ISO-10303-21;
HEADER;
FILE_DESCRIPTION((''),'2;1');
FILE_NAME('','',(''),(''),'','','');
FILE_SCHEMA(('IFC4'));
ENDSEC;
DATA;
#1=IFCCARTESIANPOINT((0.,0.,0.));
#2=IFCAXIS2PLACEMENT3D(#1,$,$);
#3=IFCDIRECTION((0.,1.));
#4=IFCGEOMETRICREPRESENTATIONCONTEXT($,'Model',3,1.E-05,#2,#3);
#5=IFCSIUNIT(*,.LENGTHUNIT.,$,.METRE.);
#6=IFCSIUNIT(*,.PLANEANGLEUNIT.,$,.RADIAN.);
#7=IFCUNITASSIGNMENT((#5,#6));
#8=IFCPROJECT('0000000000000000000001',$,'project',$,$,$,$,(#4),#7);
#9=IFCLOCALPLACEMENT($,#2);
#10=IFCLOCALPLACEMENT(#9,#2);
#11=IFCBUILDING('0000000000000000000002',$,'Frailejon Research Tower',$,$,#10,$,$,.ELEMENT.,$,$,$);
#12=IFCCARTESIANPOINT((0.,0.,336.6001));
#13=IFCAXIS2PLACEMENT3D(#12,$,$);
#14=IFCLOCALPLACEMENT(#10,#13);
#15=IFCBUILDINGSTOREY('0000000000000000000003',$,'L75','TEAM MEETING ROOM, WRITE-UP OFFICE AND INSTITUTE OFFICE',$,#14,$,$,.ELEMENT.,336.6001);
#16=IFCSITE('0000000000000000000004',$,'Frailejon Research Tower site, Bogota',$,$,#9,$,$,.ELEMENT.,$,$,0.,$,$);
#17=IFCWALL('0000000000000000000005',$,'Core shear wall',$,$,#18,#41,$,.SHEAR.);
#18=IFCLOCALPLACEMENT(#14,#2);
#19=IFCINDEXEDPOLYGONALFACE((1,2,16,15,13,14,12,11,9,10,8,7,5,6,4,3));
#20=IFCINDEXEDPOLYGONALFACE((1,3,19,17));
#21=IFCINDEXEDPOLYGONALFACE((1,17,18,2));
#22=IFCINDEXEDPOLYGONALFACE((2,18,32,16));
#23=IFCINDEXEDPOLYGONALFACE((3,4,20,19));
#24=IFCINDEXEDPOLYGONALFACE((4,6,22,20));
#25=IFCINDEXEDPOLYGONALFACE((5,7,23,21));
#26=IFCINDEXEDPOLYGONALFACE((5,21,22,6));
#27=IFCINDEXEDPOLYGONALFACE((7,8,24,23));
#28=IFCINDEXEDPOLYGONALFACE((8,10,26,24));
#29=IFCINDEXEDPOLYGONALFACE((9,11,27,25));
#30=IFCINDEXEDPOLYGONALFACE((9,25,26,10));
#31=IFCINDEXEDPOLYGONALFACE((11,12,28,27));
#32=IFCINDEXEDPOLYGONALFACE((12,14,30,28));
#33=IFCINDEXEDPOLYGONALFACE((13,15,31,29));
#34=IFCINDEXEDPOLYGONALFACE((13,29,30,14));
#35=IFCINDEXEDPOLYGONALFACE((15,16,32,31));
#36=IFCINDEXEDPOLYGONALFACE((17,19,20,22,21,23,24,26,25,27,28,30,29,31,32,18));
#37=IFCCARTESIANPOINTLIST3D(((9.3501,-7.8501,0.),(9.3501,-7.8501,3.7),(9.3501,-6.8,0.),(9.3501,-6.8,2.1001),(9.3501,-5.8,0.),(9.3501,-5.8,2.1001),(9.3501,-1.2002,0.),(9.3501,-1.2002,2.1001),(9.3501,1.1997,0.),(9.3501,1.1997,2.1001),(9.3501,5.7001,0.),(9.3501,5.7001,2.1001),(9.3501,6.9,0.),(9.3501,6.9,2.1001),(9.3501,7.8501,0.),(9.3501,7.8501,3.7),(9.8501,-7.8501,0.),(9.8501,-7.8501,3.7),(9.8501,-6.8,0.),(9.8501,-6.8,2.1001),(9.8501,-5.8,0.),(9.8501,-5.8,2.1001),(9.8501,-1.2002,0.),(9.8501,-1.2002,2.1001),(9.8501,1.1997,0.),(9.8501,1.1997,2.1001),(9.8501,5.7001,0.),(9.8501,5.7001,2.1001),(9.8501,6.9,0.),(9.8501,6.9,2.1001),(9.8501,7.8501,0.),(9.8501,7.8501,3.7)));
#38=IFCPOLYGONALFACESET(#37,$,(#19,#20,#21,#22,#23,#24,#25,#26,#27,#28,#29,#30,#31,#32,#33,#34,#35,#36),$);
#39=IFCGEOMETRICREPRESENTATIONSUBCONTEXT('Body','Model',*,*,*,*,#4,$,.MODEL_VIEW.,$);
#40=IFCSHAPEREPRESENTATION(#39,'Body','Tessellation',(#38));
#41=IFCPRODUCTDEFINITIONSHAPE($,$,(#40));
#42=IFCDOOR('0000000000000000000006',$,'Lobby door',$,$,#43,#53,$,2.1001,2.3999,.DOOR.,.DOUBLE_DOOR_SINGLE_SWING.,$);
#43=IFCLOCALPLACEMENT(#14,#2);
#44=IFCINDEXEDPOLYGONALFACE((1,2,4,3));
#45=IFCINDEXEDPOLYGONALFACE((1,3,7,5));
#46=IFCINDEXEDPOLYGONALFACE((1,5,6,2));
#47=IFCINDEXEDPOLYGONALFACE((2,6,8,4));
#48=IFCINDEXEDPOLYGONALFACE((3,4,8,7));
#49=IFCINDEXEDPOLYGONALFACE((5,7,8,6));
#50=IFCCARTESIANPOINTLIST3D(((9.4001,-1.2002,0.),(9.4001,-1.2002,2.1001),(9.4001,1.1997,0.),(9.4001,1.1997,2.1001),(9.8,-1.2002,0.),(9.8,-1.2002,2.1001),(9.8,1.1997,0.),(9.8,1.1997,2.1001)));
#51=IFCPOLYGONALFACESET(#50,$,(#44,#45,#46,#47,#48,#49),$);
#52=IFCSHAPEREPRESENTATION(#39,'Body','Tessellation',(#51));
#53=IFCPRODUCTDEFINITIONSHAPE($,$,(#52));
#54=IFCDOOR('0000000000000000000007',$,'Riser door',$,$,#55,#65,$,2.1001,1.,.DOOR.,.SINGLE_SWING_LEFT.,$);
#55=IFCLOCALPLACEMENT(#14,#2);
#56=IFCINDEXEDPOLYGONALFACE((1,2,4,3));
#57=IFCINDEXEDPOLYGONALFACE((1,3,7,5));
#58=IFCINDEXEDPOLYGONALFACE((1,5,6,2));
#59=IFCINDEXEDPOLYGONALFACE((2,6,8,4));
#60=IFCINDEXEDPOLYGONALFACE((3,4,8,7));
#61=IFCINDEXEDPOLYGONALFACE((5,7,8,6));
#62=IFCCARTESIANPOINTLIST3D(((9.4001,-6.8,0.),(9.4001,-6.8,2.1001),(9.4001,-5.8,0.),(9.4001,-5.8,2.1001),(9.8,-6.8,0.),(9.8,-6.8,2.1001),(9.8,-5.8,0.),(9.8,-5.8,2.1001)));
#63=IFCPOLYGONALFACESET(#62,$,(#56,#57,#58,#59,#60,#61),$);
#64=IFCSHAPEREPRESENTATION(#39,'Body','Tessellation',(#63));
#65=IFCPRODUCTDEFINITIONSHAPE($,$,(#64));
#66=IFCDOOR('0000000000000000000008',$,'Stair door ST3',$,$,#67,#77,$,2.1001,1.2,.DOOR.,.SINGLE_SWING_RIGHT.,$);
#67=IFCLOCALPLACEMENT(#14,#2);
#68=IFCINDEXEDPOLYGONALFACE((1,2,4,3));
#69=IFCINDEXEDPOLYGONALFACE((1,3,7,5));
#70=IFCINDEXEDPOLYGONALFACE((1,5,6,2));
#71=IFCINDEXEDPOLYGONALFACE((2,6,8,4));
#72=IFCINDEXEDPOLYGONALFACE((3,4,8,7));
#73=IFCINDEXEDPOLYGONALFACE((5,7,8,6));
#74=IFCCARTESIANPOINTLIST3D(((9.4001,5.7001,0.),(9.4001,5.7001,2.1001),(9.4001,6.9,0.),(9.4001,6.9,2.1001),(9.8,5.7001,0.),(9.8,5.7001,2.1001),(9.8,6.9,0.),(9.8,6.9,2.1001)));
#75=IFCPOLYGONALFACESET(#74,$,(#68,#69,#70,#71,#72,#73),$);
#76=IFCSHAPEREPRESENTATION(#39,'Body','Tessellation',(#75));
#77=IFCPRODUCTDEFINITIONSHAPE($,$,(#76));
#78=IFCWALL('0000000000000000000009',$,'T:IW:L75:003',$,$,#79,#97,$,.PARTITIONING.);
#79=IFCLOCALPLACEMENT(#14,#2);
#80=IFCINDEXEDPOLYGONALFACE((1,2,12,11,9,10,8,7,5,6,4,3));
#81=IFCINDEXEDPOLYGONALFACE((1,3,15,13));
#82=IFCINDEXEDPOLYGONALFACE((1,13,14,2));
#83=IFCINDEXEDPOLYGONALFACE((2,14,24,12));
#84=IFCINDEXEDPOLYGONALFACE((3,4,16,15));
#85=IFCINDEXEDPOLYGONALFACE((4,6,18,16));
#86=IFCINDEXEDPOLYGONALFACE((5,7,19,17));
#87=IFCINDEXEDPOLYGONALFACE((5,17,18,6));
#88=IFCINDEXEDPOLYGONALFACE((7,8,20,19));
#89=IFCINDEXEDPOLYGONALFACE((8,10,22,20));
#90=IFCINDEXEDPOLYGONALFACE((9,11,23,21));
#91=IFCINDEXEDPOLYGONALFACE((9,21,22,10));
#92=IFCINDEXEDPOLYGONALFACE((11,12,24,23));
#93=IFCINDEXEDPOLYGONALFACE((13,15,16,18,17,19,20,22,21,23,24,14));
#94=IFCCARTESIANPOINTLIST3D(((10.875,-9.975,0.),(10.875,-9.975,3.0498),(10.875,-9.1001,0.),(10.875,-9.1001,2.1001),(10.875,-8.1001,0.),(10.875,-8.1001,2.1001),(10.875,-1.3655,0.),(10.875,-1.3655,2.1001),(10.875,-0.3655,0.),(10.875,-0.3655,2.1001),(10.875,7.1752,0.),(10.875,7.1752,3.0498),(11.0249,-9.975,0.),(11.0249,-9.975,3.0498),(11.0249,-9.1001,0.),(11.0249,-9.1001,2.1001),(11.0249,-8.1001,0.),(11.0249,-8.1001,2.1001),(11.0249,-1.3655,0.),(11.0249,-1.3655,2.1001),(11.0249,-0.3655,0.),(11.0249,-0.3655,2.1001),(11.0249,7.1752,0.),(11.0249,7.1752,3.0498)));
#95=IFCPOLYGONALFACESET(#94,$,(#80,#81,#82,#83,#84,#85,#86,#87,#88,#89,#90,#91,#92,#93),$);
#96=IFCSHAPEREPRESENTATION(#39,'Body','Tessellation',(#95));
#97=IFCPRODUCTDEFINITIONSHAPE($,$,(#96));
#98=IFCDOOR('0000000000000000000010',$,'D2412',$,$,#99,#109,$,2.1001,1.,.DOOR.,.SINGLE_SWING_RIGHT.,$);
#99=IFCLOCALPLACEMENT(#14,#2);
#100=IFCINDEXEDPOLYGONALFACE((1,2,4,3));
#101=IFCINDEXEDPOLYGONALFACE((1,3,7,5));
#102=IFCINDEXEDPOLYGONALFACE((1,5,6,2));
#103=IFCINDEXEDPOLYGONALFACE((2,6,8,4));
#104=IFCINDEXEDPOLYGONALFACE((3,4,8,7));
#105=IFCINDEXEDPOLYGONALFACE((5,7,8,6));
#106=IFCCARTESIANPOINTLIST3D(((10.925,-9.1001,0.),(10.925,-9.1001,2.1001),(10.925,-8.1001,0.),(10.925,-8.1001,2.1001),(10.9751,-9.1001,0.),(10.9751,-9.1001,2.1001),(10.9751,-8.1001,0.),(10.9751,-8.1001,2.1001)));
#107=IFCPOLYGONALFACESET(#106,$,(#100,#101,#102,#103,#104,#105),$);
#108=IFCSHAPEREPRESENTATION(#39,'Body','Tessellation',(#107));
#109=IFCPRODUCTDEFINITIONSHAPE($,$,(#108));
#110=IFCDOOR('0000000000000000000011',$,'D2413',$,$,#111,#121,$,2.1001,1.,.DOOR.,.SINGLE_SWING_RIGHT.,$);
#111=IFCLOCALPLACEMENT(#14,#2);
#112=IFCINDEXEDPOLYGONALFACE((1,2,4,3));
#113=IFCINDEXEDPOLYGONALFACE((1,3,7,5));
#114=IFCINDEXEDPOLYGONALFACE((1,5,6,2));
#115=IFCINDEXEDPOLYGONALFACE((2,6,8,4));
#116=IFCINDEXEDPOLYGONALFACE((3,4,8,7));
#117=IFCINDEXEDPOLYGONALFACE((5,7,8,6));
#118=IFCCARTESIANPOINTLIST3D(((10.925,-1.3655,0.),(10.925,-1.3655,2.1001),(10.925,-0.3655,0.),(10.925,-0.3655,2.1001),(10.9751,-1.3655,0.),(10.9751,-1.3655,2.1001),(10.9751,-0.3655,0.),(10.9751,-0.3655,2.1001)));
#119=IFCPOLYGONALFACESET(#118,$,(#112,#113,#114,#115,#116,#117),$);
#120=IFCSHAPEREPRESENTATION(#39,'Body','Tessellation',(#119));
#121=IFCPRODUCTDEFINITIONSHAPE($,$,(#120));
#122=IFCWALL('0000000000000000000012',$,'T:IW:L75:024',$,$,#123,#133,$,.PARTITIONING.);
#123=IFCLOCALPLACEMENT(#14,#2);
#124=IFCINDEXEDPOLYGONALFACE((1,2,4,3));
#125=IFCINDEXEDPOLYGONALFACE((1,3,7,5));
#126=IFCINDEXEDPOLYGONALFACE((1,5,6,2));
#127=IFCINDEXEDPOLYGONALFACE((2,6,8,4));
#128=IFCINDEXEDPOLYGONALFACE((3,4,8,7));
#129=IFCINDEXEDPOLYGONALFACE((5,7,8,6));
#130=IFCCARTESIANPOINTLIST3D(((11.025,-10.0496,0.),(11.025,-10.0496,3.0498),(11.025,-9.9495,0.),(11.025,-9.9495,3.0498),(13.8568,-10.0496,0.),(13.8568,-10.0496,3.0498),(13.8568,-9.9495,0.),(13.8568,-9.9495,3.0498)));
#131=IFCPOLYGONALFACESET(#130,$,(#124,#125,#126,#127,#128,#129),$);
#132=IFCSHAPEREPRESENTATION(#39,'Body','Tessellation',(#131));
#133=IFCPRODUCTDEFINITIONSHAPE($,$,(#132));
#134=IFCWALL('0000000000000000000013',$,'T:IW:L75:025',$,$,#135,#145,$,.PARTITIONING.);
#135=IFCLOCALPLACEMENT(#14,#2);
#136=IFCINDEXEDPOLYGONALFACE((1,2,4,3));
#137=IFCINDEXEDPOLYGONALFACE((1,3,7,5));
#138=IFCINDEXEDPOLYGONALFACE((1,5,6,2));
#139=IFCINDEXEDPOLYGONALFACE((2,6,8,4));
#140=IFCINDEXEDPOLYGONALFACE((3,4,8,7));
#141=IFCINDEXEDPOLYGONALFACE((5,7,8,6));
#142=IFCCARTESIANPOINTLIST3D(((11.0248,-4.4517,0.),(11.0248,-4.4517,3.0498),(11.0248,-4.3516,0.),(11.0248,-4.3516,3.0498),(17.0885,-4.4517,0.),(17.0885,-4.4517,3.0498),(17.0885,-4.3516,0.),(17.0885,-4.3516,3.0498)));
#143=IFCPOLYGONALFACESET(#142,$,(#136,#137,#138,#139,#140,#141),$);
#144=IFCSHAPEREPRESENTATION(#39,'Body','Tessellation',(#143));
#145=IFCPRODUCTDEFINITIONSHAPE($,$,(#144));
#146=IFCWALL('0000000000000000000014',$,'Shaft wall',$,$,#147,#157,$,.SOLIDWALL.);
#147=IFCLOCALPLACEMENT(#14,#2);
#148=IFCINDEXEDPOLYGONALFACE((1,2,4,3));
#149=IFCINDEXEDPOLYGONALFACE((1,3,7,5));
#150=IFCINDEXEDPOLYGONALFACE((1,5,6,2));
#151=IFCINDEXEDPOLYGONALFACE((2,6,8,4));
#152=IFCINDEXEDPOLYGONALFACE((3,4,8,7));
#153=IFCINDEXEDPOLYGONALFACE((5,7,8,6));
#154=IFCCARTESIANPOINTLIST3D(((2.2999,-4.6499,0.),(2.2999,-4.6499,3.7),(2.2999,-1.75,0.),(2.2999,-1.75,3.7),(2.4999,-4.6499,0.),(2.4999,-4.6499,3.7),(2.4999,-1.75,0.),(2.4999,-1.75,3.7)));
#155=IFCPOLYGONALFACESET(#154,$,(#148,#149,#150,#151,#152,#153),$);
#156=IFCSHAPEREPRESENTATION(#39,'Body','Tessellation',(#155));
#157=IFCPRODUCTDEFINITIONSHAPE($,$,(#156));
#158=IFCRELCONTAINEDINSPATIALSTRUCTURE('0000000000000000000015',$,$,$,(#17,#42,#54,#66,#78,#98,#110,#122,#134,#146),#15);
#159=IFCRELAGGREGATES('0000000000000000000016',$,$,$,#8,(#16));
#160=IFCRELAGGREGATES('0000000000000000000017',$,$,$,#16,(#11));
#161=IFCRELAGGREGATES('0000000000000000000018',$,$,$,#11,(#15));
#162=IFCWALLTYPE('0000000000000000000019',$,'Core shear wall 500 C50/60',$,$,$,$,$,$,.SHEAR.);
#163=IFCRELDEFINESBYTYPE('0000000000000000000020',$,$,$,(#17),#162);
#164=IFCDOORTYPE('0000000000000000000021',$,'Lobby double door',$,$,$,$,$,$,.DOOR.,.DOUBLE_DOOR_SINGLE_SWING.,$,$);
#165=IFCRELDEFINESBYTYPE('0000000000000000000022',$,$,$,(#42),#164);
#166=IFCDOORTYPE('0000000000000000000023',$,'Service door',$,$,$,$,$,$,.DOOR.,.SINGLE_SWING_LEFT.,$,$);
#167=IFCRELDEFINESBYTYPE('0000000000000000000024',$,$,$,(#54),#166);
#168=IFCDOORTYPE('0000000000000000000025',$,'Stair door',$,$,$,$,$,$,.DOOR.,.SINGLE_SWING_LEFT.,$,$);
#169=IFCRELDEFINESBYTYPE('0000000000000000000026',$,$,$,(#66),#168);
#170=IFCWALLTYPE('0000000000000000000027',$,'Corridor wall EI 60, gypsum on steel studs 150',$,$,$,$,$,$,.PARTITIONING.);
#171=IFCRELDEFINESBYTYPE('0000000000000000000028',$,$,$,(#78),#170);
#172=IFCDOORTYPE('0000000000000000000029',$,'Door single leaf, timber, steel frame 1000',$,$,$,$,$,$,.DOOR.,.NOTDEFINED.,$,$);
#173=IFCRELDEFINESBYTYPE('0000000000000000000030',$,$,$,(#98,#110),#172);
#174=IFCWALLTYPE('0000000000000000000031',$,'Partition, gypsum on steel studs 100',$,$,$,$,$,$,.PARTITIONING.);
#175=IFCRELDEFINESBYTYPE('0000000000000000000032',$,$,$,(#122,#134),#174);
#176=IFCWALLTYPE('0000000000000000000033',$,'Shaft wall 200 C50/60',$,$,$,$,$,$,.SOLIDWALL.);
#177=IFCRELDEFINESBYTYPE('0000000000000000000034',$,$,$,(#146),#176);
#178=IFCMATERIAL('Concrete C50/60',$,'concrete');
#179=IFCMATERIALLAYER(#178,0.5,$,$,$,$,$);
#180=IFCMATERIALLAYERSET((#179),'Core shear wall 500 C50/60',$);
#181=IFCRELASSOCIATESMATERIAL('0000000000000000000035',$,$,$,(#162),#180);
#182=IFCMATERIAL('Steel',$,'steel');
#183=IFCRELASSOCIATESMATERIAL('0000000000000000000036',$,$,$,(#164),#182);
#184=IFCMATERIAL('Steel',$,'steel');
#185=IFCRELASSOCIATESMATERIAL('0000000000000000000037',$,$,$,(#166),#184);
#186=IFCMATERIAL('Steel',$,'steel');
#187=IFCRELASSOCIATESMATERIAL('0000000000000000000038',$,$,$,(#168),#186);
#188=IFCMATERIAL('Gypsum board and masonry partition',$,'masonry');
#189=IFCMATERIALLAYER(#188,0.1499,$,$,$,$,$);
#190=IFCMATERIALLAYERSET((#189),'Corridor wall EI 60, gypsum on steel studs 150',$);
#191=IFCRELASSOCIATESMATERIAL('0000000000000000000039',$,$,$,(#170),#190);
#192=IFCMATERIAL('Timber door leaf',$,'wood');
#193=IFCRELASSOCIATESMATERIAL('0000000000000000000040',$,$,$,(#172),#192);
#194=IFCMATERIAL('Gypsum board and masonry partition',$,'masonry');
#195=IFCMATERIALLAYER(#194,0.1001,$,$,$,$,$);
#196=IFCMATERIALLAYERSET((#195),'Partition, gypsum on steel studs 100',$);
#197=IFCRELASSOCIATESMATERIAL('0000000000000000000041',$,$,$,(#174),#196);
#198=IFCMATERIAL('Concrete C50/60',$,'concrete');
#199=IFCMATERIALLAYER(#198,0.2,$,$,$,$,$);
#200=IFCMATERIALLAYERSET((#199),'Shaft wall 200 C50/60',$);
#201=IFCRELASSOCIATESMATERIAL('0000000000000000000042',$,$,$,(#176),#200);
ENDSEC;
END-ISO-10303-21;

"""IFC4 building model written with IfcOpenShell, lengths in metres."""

from ifc_helpers import new_model, si_unit, direction, frame, frame_2d, origin, place, context, subcontext, project, spatial, rectangle, extrude, material, layer, layer_set, type_object, element, fill, save


model = new_model("IFC4")

# Units and contexts
model_context = context("Model", 3, precision=1e-05, world=origin(), true_north=direction((0.0, 1.0)))
body_context = subcontext(model_context, "Body", "Model", "MODEL_VIEW")
ifc_project = project(units=[si_unit("LENGTHUNIT", "METRE"), si_unit("PLANEANGLEUNIT", "RADIAN")], contexts=[model_context])

# Site, building, storey
site_placement = place(None, origin())
site = spatial("IfcSite", under=ifc_project, at=site_placement, Name="Frailejon Research Tower site, Bogota", CompositionType="ELEMENT", RefElevation=0.0)
building_placement = place(site_placement, origin())
building = spatial("IfcBuilding", under=site, at=building_placement, Name="Frailejon Research Tower", CompositionType="ELEMENT")
storey_placement = place(building_placement, frame((0.0, 0.0, 336.6001)))
storey = spatial("IfcBuildingStorey", under=building, at=storey_placement, Name="L75", Description="TEAM MEETING ROOM, WRITE-UP OFFICE AND INSTITUTE OFFICE", CompositionType="ELEMENT", Elevation=336.6001)

# Walls, openings, doors
ifc_material_1 = material(Name="Concrete C50/60", Category="concrete")
ifc_layer_1 = layer(ifc_material_1, 0.5)
ifc_layer_set_1 = layer_set([ifc_layer_1], Name="Core shear wall 500 C50/60")
wall_type_1 = type_object("IfcWallType", Name="Core shear wall 500 C50/60", PredefinedType="SHEAR", material=ifc_layer_set_1)
wall_1_placement = place(storey_placement, frame((9.6001, -7.8501, 0.0), z_axis=(0.0, 0.0, 1.0), x_axis=(0.0, 1.0, 0.0)))
wall_1 = element("IfcWall", 1, at=wall_1_placement, inside=storey, type_object=wall_type_1, Name="Core shear wall", PredefinedType="SHEAR", context=body_context, shape_type="SweptSolid", body=[
    extrude(rectangle(XDim=15.7002, YDim=0.5, at=frame_2d((7.8501, 0.0))), origin(), (0.0, 0.0, 1.0), 3.7),
])
opening_1_placement = place(wall_1_placement, frame((6.6499, 0.0, 0.0)))
opening_1 = element("IfcOpeningElement", 2, at=opening_1_placement, cuts=wall_1, PredefinedType="OPENING", context=body_context, shape_type="SweptSolid", body=[
    extrude(rectangle(XDim=2.3999, YDim=2.1001, at=frame_2d((1.2, 1.05))), frame((0.0, 0.26, 0.0), z_axis=(0.0, -1.0, 0.0), x_axis=(1.0, 0.0, 0.0)), (0.0, 0.0, 1.0), 0.52),
])
opening_2_placement = place(wall_1_placement, frame((13.55, 0.0, 0.0)))
opening_2 = element("IfcOpeningElement", 3, at=opening_2_placement, cuts=wall_1, PredefinedType="OPENING", context=body_context, shape_type="SweptSolid", body=[
    extrude(rectangle(XDim=1.2, YDim=2.1001, at=frame_2d((0.6001, 1.05))), frame((0.0, 0.26, 0.0), z_axis=(0.0, -1.0, 0.0), x_axis=(1.0, 0.0, 0.0)), (0.0, 0.0, 1.0), 0.52),
])
opening_3_placement = place(wall_1_placement, frame((1.05, 0.0, 0.0)))
opening_3 = element("IfcOpeningElement", 4, at=opening_3_placement, cuts=wall_1, PredefinedType="OPENING", context=body_context, shape_type="SweptSolid", body=[
    extrude(rectangle(XDim=1.0, YDim=2.1001, at=frame_2d((0.5, 1.05))), frame((0.0, 0.26, 0.0), z_axis=(0.0, -1.0, 0.0), x_axis=(1.0, 0.0, 0.0)), (0.0, 0.0, 1.0), 0.52),
])
ifc_material_2 = material(Name="Steel", Category="steel")
door_type_1 = type_object("IfcDoorType", Name="Lobby double door", OperationType="DOUBLE_DOOR_SINGLE_SWING", PredefinedType="DOOR", material=ifc_material_2)
door_1_placement = place(opening_1_placement, origin())
door_1 = element("IfcDoor", 5, at=door_1_placement, inside=storey, type_object=door_type_1, Name="Lobby door", OperationType="DOUBLE_DOOR_SINGLE_SWING", OverallHeight=2.1001, OverallWidth=2.3999, PredefinedType="DOOR", context=body_context, shape_type="SweptSolid", body=[
    extrude(rectangle(XDim=2.3999, YDim=2.1001, at=frame_2d((1.2, 1.05))), frame((0.0, 0.2, 0.0), z_axis=(0.0, -1.0, 0.0), x_axis=(1.0, 0.0, 0.0)), (0.0, 0.0, 1.0), 0.3999),
])
fill(opening_1, door_1)
ifc_material_3 = material(Name="Steel", Category="steel")
door_type_2 = type_object("IfcDoorType", Name="Service door", OperationType="SINGLE_SWING_LEFT", PredefinedType="DOOR", material=ifc_material_3)
door_2_placement = place(opening_3_placement, origin())
door_2 = element("IfcDoor", 6, at=door_2_placement, inside=storey, type_object=door_type_2, Name="Riser door", OperationType="SINGLE_SWING_LEFT", OverallHeight=2.1001, OverallWidth=1.0, PredefinedType="DOOR", context=body_context, shape_type="SweptSolid", body=[
    extrude(rectangle(XDim=1.0, YDim=2.1001, at=frame_2d((0.5, 1.05))), frame((0.0, 0.2, 0.0), z_axis=(0.0, -1.0, 0.0), x_axis=(1.0, 0.0, 0.0)), (0.0, 0.0, 1.0), 0.3999),
])
fill(opening_3, door_2)
ifc_material_4 = material(Name="Steel", Category="steel")
door_type_3 = type_object("IfcDoorType", Name="Stair door", OperationType="SINGLE_SWING_LEFT", PredefinedType="DOOR", material=ifc_material_4)
door_3_placement = place(opening_2_placement, origin())
door_3 = element("IfcDoor", 7, at=door_3_placement, inside=storey, type_object=door_type_3, Name="Stair door ST3", OperationType="SINGLE_SWING_RIGHT", OverallHeight=2.1001, OverallWidth=1.2, PredefinedType="DOOR", context=body_context, shape_type="SweptSolid", body=[
    extrude(rectangle(XDim=1.2, YDim=2.1001, at=frame_2d((0.6001, 1.05))), frame((0.0, 0.2, 0.0), z_axis=(0.0, -1.0, 0.0), x_axis=(1.0, 0.0, 0.0)), (0.0, 0.0, 1.0), 0.3999),
])
fill(opening_2, door_3)
ifc_material_5 = material(Name="Gypsum board and masonry partition", Category="masonry")
ifc_layer_2 = layer(ifc_material_5, 0.1499)
ifc_layer_set_2 = layer_set([ifc_layer_2], Name="Corridor wall EI 60, gypsum on steel studs 150")
wall_type_2 = type_object("IfcWallType", Name="Corridor wall EI 60, gypsum on steel studs 150", PredefinedType="PARTITIONING", material=ifc_layer_set_2)
wall_2_placement = place(storey_placement, frame((10.95, -9.9751, 0.0), z_axis=(0.0, 0.0, 1.0), x_axis=(0.0, 1.0, 0.0)))
wall_2 = element("IfcWall", 8, at=wall_2_placement, inside=storey, type_object=wall_type_2, Name="T:IW:L75:003", PredefinedType="PARTITIONING", context=body_context, shape_type="SweptSolid", body=[
    extrude(rectangle(XDim=17.1501, YDim=0.1499, at=frame_2d((8.5752, 0.0))), origin(), (0.0, 0.0, 1.0), 3.0498),
])
opening_4_placement = place(wall_2_placement, frame((0.875, 0.0, 0.0)))
opening_4 = element("IfcOpeningElement", 9, at=opening_4_placement, cuts=wall_2, PredefinedType="OPENING", context=body_context, shape_type="SweptSolid", body=[
    extrude(rectangle(XDim=1.0, YDim=2.1001, at=frame_2d((0.5, 1.05))), frame((0.0, 0.085, 0.0), z_axis=(0.0, -1.0, 0.0), x_axis=(1.0, 0.0, 0.0)), (0.0, 0.0, 1.0), 0.1699),
])
opening_5_placement = place(wall_2_placement, frame((8.6096, 0.0, 0.0)))
opening_5 = element("IfcOpeningElement", 10, at=opening_5_placement, cuts=wall_2, PredefinedType="OPENING", context=body_context, shape_type="SweptSolid", body=[
    extrude(rectangle(XDim=1.0, YDim=2.1001, at=frame_2d((0.5, 1.05))), frame((0.0, 0.085, 0.0), z_axis=(0.0, -1.0, 0.0), x_axis=(1.0, 0.0, 0.0)), (0.0, 0.0, 1.0), 0.1699),
])
ifc_material_6 = material(Name="Timber door leaf", Category="wood")
door_type_4 = type_object("IfcDoorType", Name="Door single leaf, timber, steel frame 1000", OperationType="NOTDEFINED", PredefinedType="DOOR", material=ifc_material_6)
door_4_placement = place(opening_4_placement, origin())
door_4 = element("IfcDoor", 11, at=door_4_placement, inside=storey, type_object=door_type_4, Name="D2412", OperationType="SINGLE_SWING_RIGHT", OverallHeight=2.1001, OverallWidth=1.0, PredefinedType="DOOR", context=body_context, shape_type="SweptSolid", body=[
    extrude(rectangle(XDim=1.0, YDim=2.1001, at=frame_2d((0.5, 1.05))), frame((0.0, 0.0249, 0.0), z_axis=(0.0, -1.0, 0.0), x_axis=(1.0, 0.0, 0.0)), (0.0, 0.0, 1.0), 0.05),
])
fill(opening_4, door_4)
door_5_placement = place(opening_5_placement, origin())
door_5 = element("IfcDoor", 12, at=door_5_placement, inside=storey, type_object=door_type_4, Name="D2413", OperationType="SINGLE_SWING_RIGHT", OverallHeight=2.1001, OverallWidth=1.0, PredefinedType="DOOR", context=body_context, shape_type="SweptSolid", body=[
    extrude(rectangle(XDim=1.0, YDim=2.1001, at=frame_2d((0.5, 1.05))), frame((0.0, 0.0249, 0.0), z_axis=(0.0, -1.0, 0.0), x_axis=(1.0, 0.0, 0.0)), (0.0, 0.0, 1.0), 0.05),
])
fill(opening_5, door_5)

# Walls
ifc_material_7 = material(Name="Gypsum board and masonry partition", Category="masonry")
ifc_layer_3 = layer(ifc_material_7, 0.1001)
ifc_layer_set_3 = layer_set([ifc_layer_3], Name="Partition, gypsum on steel studs 100")
wall_type_3 = type_object("IfcWallType", Name="Partition, gypsum on steel studs 100", PredefinedType="PARTITIONING", material=ifc_layer_set_3)
wall_3_placement = place(storey_placement, frame((11.0249, -9.9995, 0.0), z_axis=(0.0, 0.0, 1.0), x_axis=(1.0, 0.0, 0.0)))
element("IfcWall", 13, at=wall_3_placement, inside=storey, type_object=wall_type_3, Name="T:IW:L75:024", PredefinedType="PARTITIONING", context=body_context, shape_type="SweptSolid", body=[
    extrude(rectangle(XDim=2.8318, YDim=0.1001, at=frame_2d((1.416, 0.0))), origin(), (0.0, 0.0, 1.0), 3.0498),
])
wall_4_placement = place(storey_placement, frame((11.0249, -4.4016, 0.0), z_axis=(0.0, 0.0, 1.0), x_axis=(1.0, 0.0, 0.0)))
element("IfcWall", 14, at=wall_4_placement, inside=storey, type_object=wall_type_3, Name="T:IW:L75:025", PredefinedType="PARTITIONING", context=body_context, shape_type="SweptSolid", body=[
    extrude(rectangle(XDim=6.0637, YDim=0.1001, at=frame_2d((3.0317, 0.0))), origin(), (0.0, 0.0, 1.0), 3.0498),
])
ifc_material_8 = material(Name="Concrete C50/60", Category="concrete")
ifc_layer_4 = layer(ifc_material_8, 0.2)
ifc_layer_set_4 = layer_set([ifc_layer_4], Name="Shaft wall 200 C50/60")
wall_type_4 = type_object("IfcWallType", Name="Shaft wall 200 C50/60", PredefinedType="SOLIDWALL", material=ifc_layer_set_4)
for number, where, z_axis, x_axis, name in (
    (15, (2.3999, -4.6499, 0.0), (0.0, 0.0, 1.0), (0.0, 1.0, 0.0), "Shaft wall"),
):
    element("IfcWall", number, at=place(storey_placement, frame(where, z_axis=z_axis, x_axis=x_axis)), inside=storey, type_object=wall_type_4, Name=name, PredefinedType="SOLIDWALL", context=body_context, shape_type="SweptSolid", body=[
        extrude(rectangle(XDim=2.8999, YDim=0.2, at=frame_2d((1.45, 0.0))), origin(), (0.0, 0.0, 1.0), 3.7),
    ])

save(model, "model.ifc")
